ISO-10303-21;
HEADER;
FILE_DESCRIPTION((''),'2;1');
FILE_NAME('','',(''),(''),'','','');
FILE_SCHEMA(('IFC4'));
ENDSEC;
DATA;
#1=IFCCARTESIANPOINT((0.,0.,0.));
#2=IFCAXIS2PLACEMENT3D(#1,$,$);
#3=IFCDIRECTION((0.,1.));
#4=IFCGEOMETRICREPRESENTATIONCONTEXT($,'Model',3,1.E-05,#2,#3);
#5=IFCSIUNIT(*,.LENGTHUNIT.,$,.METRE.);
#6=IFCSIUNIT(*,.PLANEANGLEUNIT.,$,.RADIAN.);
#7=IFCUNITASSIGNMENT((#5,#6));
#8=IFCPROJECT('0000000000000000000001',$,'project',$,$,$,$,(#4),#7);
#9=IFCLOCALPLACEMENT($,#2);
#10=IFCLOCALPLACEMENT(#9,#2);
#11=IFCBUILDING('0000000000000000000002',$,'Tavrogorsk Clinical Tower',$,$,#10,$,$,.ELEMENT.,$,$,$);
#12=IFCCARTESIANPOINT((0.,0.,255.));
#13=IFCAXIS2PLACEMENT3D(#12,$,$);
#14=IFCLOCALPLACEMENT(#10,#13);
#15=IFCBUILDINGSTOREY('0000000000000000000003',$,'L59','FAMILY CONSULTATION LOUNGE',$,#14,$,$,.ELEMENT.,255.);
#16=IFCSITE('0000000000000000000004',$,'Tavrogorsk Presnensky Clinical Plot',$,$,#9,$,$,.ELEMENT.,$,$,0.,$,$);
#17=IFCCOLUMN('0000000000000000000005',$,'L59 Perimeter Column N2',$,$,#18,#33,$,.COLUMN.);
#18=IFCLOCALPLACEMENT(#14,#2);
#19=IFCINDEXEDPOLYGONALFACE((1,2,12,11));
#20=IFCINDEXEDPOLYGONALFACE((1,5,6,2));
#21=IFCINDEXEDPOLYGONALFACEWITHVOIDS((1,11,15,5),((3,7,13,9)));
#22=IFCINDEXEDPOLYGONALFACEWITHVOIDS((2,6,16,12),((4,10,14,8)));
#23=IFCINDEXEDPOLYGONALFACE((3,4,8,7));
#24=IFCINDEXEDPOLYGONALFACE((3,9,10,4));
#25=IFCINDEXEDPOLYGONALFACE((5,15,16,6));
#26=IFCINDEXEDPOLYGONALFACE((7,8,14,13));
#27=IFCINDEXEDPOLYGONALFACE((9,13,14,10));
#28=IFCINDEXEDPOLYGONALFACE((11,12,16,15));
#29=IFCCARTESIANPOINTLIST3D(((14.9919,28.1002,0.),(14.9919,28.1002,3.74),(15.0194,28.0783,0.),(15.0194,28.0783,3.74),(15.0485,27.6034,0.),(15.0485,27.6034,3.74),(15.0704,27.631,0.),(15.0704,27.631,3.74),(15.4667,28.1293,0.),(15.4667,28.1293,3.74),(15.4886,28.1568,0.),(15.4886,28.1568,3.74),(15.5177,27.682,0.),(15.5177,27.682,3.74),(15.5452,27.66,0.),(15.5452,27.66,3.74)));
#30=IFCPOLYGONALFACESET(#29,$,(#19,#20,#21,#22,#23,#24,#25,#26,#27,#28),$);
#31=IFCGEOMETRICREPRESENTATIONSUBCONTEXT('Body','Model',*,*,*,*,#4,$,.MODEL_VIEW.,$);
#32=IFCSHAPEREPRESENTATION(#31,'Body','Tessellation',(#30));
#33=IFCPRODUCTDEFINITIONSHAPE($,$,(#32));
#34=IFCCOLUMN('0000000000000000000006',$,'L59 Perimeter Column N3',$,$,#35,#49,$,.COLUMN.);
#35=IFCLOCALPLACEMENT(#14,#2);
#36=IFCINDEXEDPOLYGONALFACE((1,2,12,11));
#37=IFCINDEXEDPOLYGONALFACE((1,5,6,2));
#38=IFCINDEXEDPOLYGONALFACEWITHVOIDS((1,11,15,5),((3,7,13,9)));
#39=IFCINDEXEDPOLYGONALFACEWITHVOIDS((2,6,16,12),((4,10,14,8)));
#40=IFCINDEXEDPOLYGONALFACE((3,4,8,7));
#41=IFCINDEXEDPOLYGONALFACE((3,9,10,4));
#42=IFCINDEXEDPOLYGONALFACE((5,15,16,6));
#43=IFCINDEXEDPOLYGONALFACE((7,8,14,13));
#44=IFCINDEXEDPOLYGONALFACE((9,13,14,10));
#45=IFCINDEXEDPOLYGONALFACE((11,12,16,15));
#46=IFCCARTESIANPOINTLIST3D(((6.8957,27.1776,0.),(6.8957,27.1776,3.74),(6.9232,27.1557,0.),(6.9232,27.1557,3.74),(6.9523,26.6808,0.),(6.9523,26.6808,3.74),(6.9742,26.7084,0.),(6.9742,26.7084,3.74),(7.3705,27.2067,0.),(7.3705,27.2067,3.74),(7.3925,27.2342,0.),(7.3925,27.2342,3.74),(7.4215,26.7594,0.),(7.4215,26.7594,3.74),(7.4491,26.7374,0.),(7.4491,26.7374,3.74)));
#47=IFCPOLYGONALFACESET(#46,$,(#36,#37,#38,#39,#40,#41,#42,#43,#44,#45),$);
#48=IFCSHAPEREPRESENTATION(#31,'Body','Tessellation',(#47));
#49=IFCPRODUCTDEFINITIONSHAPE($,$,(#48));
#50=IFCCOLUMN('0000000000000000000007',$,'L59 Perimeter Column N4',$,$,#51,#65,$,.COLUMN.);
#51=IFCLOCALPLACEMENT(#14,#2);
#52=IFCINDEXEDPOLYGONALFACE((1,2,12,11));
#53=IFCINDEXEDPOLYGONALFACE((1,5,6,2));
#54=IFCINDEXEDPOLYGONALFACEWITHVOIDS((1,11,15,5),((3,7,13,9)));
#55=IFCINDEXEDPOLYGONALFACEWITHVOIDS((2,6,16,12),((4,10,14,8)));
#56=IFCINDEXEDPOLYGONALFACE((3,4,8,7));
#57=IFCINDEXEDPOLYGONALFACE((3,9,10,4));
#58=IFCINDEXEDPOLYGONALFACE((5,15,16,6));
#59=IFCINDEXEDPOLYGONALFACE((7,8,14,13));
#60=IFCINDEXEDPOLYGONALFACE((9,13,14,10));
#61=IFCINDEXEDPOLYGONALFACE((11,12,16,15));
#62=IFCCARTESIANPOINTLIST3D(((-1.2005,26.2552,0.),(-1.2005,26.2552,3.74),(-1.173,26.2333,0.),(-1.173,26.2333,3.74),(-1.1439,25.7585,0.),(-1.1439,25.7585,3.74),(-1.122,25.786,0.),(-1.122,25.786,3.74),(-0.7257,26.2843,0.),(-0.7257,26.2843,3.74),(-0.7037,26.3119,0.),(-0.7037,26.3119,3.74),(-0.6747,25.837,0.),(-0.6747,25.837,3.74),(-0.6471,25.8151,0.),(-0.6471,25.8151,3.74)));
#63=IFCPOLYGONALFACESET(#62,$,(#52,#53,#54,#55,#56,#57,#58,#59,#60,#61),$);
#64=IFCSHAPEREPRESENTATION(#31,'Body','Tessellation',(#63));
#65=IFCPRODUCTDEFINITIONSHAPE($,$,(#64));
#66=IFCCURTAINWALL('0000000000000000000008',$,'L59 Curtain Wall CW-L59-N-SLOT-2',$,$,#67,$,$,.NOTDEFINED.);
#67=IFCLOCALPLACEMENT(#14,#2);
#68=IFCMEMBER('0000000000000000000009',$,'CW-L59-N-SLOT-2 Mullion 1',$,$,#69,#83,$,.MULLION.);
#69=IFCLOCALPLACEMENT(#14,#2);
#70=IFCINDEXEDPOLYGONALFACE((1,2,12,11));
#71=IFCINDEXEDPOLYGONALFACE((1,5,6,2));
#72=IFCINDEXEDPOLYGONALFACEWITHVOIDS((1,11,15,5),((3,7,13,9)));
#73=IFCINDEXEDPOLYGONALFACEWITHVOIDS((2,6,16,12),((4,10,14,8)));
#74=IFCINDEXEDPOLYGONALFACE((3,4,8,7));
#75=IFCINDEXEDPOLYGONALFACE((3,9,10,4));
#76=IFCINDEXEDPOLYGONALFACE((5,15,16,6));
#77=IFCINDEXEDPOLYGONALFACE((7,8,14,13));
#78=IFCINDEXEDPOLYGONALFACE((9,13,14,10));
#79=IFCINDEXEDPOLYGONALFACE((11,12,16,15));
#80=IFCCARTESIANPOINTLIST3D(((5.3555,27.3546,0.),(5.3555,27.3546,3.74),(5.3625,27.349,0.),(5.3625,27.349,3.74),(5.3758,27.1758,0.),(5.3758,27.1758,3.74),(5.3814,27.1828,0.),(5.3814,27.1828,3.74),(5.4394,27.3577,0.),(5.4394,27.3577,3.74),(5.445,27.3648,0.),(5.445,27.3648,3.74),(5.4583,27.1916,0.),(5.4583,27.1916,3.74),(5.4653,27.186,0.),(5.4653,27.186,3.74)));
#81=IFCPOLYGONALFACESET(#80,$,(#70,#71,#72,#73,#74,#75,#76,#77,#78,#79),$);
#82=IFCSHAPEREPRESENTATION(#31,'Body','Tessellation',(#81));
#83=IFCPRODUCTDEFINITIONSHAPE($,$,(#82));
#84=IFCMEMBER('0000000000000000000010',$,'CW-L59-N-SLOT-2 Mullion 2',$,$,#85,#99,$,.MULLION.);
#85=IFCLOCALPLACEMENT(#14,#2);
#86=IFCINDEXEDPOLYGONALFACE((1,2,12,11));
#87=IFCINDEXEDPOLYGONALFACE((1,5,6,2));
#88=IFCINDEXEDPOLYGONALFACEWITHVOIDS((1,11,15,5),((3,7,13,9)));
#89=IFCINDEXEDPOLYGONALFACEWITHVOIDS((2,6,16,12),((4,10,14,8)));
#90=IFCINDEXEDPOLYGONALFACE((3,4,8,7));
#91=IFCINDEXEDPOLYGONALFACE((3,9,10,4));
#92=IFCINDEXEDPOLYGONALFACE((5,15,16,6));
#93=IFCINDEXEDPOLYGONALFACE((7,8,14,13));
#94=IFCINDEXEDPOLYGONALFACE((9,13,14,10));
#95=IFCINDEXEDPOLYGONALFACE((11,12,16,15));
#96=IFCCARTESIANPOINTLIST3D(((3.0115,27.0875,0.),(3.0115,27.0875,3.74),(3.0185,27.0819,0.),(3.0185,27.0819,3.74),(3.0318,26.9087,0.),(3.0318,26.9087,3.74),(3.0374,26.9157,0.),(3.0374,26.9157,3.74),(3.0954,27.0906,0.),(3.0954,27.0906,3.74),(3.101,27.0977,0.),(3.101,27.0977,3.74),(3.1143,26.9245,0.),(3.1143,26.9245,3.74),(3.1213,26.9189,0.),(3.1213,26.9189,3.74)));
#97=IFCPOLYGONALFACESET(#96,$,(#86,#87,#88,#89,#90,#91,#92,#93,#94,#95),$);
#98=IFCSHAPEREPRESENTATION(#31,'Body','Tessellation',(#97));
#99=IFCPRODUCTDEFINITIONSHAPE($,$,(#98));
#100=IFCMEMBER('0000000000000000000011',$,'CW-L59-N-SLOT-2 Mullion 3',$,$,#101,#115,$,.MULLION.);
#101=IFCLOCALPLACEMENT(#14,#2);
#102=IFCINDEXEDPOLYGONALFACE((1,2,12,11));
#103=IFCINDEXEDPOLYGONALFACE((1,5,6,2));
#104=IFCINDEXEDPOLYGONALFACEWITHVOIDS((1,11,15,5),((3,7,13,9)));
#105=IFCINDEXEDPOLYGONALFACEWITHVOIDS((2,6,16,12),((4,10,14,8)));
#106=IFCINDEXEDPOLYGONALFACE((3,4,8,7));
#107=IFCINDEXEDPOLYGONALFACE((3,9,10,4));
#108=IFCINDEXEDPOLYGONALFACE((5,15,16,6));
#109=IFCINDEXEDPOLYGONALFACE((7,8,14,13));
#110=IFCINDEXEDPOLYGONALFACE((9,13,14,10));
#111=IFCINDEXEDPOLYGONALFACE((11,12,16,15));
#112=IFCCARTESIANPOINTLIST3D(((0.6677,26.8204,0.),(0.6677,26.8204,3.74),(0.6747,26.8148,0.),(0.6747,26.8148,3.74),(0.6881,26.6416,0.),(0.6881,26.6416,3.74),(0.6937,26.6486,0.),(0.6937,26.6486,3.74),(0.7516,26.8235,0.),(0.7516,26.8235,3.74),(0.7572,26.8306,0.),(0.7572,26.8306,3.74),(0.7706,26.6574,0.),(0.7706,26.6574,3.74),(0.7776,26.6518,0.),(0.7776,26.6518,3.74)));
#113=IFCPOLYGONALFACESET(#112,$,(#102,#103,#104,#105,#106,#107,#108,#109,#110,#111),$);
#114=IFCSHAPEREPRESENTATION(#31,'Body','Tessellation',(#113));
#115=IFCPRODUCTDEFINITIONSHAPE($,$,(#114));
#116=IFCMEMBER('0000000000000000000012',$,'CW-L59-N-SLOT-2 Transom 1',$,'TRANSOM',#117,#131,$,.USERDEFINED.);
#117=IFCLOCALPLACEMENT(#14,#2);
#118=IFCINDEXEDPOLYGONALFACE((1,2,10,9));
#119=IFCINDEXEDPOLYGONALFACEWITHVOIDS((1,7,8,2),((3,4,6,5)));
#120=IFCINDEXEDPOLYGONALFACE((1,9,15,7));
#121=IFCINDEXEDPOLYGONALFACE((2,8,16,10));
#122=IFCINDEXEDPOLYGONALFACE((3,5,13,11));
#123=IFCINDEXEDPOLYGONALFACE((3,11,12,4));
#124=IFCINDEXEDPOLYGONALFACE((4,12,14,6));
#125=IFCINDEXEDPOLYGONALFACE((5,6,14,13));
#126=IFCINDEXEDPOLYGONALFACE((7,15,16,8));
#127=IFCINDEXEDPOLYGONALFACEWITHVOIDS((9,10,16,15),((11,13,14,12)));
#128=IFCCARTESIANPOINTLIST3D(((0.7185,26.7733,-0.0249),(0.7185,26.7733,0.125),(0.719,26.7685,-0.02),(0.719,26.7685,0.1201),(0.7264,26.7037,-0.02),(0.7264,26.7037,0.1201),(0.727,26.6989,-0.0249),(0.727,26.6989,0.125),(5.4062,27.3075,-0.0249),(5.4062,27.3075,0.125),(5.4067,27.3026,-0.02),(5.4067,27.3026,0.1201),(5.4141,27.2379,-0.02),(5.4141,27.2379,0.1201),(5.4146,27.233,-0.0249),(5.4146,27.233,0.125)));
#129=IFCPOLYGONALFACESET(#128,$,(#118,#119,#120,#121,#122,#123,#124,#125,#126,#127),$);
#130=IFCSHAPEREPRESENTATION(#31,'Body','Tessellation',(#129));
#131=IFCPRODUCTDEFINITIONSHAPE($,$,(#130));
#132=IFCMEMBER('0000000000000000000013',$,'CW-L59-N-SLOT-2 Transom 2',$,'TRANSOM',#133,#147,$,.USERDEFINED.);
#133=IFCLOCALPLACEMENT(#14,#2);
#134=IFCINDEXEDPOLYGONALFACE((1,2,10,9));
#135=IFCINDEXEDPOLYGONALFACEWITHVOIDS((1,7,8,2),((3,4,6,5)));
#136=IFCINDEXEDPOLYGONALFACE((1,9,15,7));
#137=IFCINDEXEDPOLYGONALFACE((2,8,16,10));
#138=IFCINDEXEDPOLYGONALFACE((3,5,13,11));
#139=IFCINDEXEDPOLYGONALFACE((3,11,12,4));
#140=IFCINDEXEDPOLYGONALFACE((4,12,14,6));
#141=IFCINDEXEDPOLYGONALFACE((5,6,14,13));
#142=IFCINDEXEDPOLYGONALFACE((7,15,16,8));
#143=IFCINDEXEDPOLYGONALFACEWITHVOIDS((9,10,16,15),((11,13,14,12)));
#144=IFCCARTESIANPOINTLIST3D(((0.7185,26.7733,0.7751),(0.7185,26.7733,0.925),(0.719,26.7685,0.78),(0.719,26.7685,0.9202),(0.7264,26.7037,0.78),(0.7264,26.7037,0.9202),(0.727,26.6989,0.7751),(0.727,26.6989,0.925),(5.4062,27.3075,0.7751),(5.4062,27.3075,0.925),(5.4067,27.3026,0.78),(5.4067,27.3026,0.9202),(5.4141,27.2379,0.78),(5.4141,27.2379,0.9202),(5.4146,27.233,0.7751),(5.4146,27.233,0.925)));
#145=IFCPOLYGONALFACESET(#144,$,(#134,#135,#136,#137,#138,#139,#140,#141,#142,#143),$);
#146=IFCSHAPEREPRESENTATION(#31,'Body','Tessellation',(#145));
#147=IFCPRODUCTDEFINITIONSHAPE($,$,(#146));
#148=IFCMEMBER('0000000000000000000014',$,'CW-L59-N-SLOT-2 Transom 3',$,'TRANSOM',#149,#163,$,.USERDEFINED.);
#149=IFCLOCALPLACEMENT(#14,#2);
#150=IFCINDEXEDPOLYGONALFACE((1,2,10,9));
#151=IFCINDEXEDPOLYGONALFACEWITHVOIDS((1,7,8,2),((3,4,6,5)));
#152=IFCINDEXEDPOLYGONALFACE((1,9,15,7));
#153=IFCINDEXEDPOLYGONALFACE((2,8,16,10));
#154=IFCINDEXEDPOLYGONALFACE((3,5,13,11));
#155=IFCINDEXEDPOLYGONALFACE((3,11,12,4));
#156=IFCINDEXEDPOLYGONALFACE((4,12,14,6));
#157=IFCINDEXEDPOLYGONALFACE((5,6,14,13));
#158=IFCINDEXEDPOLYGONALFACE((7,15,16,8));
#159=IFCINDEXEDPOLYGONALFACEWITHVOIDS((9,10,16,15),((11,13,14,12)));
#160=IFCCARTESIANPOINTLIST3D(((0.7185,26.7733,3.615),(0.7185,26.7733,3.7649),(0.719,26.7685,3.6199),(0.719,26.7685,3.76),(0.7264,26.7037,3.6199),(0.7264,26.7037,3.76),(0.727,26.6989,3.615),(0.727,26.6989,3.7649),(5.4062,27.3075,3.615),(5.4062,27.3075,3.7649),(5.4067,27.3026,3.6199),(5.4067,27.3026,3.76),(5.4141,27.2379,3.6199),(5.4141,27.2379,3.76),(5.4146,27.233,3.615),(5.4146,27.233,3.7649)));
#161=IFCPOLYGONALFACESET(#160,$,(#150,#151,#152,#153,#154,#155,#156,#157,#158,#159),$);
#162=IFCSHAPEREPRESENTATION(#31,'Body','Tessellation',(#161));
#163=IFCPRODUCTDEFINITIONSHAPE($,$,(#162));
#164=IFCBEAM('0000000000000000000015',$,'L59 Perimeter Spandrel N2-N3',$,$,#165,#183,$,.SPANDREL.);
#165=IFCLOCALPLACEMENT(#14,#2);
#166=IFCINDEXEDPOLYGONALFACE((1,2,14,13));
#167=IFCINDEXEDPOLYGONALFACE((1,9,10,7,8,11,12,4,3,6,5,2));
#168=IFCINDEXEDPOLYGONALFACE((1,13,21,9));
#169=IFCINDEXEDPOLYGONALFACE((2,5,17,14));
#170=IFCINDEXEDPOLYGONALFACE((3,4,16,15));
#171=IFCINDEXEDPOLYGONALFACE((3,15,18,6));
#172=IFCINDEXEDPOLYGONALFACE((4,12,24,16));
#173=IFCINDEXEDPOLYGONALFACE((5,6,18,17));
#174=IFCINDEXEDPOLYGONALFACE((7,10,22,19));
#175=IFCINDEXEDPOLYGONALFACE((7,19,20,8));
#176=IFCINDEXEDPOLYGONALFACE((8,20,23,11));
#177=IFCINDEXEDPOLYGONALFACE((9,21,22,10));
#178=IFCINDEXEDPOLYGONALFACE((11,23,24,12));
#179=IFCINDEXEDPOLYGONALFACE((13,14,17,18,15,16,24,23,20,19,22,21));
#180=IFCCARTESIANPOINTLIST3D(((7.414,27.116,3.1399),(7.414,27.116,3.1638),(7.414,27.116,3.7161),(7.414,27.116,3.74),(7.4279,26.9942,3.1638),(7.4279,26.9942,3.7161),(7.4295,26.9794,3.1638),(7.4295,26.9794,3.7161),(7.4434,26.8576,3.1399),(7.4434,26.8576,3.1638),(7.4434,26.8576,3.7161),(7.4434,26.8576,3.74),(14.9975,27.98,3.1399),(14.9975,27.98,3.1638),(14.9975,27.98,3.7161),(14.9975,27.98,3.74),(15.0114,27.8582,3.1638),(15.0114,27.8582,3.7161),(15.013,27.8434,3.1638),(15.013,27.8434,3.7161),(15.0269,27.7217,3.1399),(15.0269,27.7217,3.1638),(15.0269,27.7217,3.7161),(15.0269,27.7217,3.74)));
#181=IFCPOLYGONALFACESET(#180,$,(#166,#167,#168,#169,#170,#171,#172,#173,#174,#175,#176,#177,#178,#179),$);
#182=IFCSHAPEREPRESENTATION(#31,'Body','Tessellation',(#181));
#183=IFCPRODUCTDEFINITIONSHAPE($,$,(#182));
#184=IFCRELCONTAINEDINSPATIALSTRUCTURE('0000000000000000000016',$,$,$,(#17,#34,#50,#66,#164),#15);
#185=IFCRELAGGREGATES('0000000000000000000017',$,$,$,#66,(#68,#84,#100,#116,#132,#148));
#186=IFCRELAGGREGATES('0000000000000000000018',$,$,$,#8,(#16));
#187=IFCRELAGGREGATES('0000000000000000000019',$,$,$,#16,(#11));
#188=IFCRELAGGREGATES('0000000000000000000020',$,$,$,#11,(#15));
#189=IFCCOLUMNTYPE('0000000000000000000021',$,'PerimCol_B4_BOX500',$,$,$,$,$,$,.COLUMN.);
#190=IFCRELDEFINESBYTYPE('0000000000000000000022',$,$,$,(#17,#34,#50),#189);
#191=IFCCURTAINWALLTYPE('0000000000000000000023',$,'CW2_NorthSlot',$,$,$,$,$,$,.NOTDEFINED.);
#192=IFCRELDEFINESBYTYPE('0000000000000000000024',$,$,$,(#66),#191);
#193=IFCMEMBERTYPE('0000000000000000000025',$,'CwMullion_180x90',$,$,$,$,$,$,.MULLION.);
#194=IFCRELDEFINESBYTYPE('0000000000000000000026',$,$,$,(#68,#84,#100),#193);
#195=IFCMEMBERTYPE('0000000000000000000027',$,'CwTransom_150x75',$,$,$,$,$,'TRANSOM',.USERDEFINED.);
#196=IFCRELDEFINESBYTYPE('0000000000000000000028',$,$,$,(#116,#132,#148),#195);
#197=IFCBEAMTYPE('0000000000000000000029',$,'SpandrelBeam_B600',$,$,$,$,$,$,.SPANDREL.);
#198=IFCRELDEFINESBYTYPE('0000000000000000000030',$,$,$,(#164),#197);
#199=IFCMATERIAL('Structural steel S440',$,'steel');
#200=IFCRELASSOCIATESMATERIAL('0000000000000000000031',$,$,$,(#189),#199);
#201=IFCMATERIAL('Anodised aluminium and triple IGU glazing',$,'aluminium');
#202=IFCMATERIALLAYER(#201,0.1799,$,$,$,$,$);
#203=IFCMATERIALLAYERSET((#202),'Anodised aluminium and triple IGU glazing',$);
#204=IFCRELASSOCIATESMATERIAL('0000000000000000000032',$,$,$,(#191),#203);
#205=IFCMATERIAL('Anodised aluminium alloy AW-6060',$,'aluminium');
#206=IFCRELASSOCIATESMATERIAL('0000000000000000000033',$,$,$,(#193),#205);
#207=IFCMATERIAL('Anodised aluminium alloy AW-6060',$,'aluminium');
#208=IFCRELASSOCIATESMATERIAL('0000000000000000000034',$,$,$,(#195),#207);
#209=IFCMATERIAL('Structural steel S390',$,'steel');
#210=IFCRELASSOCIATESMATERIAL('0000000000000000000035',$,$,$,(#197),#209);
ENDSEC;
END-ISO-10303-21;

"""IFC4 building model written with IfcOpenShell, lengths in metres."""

from ifc_helpers import new_model, si_unit, direction, frame, origin, origin_2d, place, context, subcontext, project, spatial, hollow_rectangle, i_section, extrude, material, layer, layer_set, material_profile, profile_set, type_object, element, aggregate, save


model = new_model("IFC4")

# Units and contexts
model_context = context("Model", 3, precision=1e-05, world=origin(), true_north=direction((0.0, 1.0)))
body_context = subcontext(model_context, "Body", "Model", "MODEL_VIEW")
ifc_project = project(units=[si_unit("LENGTHUNIT", "METRE"), si_unit("PLANEANGLEUNIT", "RADIAN")], contexts=[model_context])

# Site, building, storey
site_placement = place(None, origin())
site = spatial("IfcSite", under=ifc_project, at=site_placement, Name="Tavrogorsk Presnensky Clinical Plot", CompositionType="ELEMENT", RefElevation=0.0)
building_placement = place(site_placement, origin())
building = spatial("IfcBuilding", under=site, at=building_placement, Name="Tavrogorsk Clinical Tower", CompositionType="ELEMENT")
storey_placement = place(building_placement, frame((0.0, 0.0, 255.0)))
storey = spatial("IfcBuildingStorey", under=building, at=storey_placement, Name="L59", Description="FAMILY CONSULTATION LOUNGE", CompositionType="ELEMENT", Elevation=255.0)

# Columns
ifc_material_1 = material(Name="Structural steel S440", Category="steel")
ifc_material_profile_1 = material_profile(ifc_material_1, hollow_rectangle(XDim=0.5, YDim=0.5, WallThickness=0.0249, at=origin_2d()), Name="BOX-500x500x25")
ifc_profile_set_1 = profile_set([ifc_material_profile_1], Name="Structural steel S440")
column_type = type_object("IfcColumnType", Name="PerimCol_B4_BOX500", PredefinedType="COLUMN", material=ifc_profile_set_1)
for number, where, z_axis, x_axis, name in (
    (1, (15.2686, 27.8801, 0.0), (0.0, 0.0, 1.0), (0.993572, 0.113203, 0.0), "L59 Perimeter Column N2"),
    (2, (7.1724, 26.9575, 0.0), (0.0, 0.0, 1.0), (0.993572, 0.113203, 0.0), "L59 Perimeter Column N3"),
    (3, (-0.9238, 26.0352, 0.0), (0.0, 0.0, 1.0), (0.993572, 0.113203, 0.0), "L59 Perimeter Column N4"),
):
    element("IfcColumn", number, at=place(storey_placement, frame(where, z_axis=z_axis, x_axis=x_axis)), inside=storey, type_object=column_type, Name=name, PredefinedType="COLUMN", context=body_context, shape_type="SweptSolid", body=[
        extrude(hollow_rectangle(XDim=0.5, YDim=0.5, WallThickness=0.0249, at=origin_2d()), origin(), (0.0, 0.0, 1.0), 3.74),
    ])

# Curtain wall, members
ifc_material_2 = material(Name="Anodised aluminium and triple IGU glazing", Category="aluminium")
ifc_layer_1 = layer(ifc_material_2, 0.1799)
ifc_layer_set_1 = layer_set([ifc_layer_1], Name="Anodised aluminium and triple IGU glazing")
curtain_wall_type = type_object("IfcCurtainWallType", Name="CW2_NorthSlot", PredefinedType="NOTDEFINED", material=ifc_layer_set_1)
curtain_wall_placement = place(storey_placement, origin())
curtain_wall = element("IfcCurtainWall", 4, at=curtain_wall_placement, inside=storey, type_object=curtain_wall_type, Name="L59 Curtain Wall CW-L59-N-SLOT-2", PredefinedType="NOTDEFINED")
ifc_material_3 = material(Name="Anodised aluminium alloy AW-6060", Category="aluminium")
ifc_material_profile_2 = material_profile(ifc_material_3, hollow_rectangle(XDim=0.0901, YDim=0.1799, WallThickness=0.0063, at=origin_2d()), Name="RHS-180x90x6.3")
ifc_profile_set_2 = profile_set([ifc_material_profile_2], Name="Anodised aluminium alloy AW-6060")
member_type_1 = type_object("IfcMemberType", Name="CwMullion_180x90", PredefinedType="MULLION", material=ifc_profile_set_2)
member_1_placement = place(storey_placement, frame((5.4104, 27.2703, 0.0), z_axis=(0.0, 0.0, 1.0), x_axis=(-0.993572, -0.113203, 0.0)))
member_1 = element("IfcMember", 5, at=member_1_placement, type_object=member_type_1, Name="CW-L59-N-SLOT-2 Mullion 1", PredefinedType="MULLION", context=body_context, shape_type="SweptSolid", body=[
    extrude(hollow_rectangle(XDim=0.0901, YDim=0.1799, WallThickness=0.0063, at=origin_2d()), origin(), (0.0, 0.0, 1.0), 3.74),
])
member_2_placement = place(storey_placement, frame((3.0664, 27.0032, 0.0), z_axis=(0.0, 0.0, 1.0), x_axis=(-0.993572, -0.113203, 0.0)))
member_2 = element("IfcMember", 6, at=member_2_placement, type_object=member_type_1, Name="CW-L59-N-SLOT-2 Mullion 2", PredefinedType="MULLION", context=body_context, shape_type="SweptSolid", body=[
    extrude(hollow_rectangle(XDim=0.0901, YDim=0.1799, WallThickness=0.0063, at=origin_2d()), origin(), (0.0, 0.0, 1.0), 3.74),
])
member_3_placement = place(storey_placement, frame((0.7227, 26.7361, 0.0), z_axis=(0.0, 0.0, 1.0), x_axis=(-0.993572, -0.113203, 0.0)))
member_3 = element("IfcMember", 7, at=member_3_placement, type_object=member_type_1, Name="CW-L59-N-SLOT-2 Mullion 3", PredefinedType="MULLION", context=body_context, shape_type="SweptSolid", body=[
    extrude(hollow_rectangle(XDim=0.0901, YDim=0.1799, WallThickness=0.0063, at=origin_2d()), origin(), (0.0, 0.0, 1.0), 3.74),
])
ifc_material_4 = material(Name="Anodised aluminium alloy AW-6060", Category="aluminium")
ifc_material_profile_3 = material_profile(ifc_material_4, hollow_rectangle(XDim=0.075, YDim=0.1499, WallThickness=0.0049, at=origin_2d()), Name="RHS-150x75x5")
ifc_profile_set_3 = profile_set([ifc_material_profile_3], Name="Anodised aluminium alloy AW-6060")
member_type_2 = type_object("IfcMemberType", Name="CwTransom_150x75", ElementType="TRANSOM", PredefinedType="USERDEFINED", material=ifc_profile_set_3)
member_4_placement = place(storey_placement, frame((5.4104, 27.2703, 0.05), z_axis=(-0.99357, -0.11322, 0.0), x_axis=(0.11322, -0.99357, 0.0)))
member_4 = element("IfcMember", 8, at=member_4_placement, type_object=member_type_2, Name="CW-L59-N-SLOT-2 Transom 1", ObjectType="TRANSOM", PredefinedType="USERDEFINED", context=body_context, shape_type="SweptSolid", body=[
    extrude(hollow_rectangle(XDim=0.075, YDim=0.1499, WallThickness=0.0049, at=origin_2d()), origin(), (0.0, 0.0, 1.0), 4.718),
])
member_5_placement = place(storey_placement, frame((5.4104, 27.2703, 0.8501), z_axis=(-0.99357, -0.11322, 0.0), x_axis=(0.11322, -0.99357, 0.0)))
member_5 = element("IfcMember", 9, at=member_5_placement, type_object=member_type_2, Name="CW-L59-N-SLOT-2 Transom 2", ObjectType="TRANSOM", PredefinedType="USERDEFINED", context=body_context, shape_type="SweptSolid", body=[
    extrude(hollow_rectangle(XDim=0.075, YDim=0.1499, WallThickness=0.0049, at=origin_2d()), origin(), (0.0, 0.0, 1.0), 4.718),
])
member_6_placement = place(storey_placement, frame((5.4104, 27.2703, 3.6899), z_axis=(-0.99357, -0.11322, 0.0), x_axis=(0.11322, -0.99357, 0.0)))
member_6 = element("IfcMember", 10, at=member_6_placement, type_object=member_type_2, Name="CW-L59-N-SLOT-2 Transom 3", ObjectType="TRANSOM", PredefinedType="USERDEFINED", context=body_context, shape_type="SweptSolid", body=[
    extrude(hollow_rectangle(XDim=0.075, YDim=0.1499, WallThickness=0.0049, at=origin_2d()), origin(), (0.0, 0.0, 1.0), 4.718),
])

# Beam
ifc_material_5 = material(Name="Structural steel S390", Category="steel")
ifc_material_profile_4 = material_profile(ifc_material_5, i_section(OverallWidth=0.26, OverallDepth=0.6001, WebThickness=0.0149, FlangeThickness=0.0239, at=origin_2d()), Name="B-600x260x15x24")
ifc_profile_set_4 = profile_set([ifc_material_profile_4], Name="Structural steel S390")
beam_type = type_object("IfcBeamType", Name="SpandrelBeam_B600", PredefinedType="SPANDREL", material=ifc_profile_set_4)
for number, where, z_axis, x_axis, name in (
    (11, (15.0122, 27.8508, 3.4399), (-0.993572, -0.113201, 0.0), (0.113201, -0.993572, 0.0), "L59 Perimeter Spandrel N2-N3"),
):
    element("IfcBeam", number, at=place(storey_placement, frame(where, z_axis=z_axis, x_axis=x_axis)), inside=storey, type_object=beam_type, Name=name, PredefinedType="SPANDREL", context=body_context, shape_type="SweptSolid", body=[
        extrude(i_section(OverallWidth=0.26, OverallDepth=0.6001, WebThickness=0.0149, FlangeThickness=0.0239, at=origin_2d()), origin(), (0.0, 0.0, 1.0), 7.6326),
    ])

aggregate(curtain_wall, [member_1, member_2, member_3, member_4, member_5, member_6])

save(model, "model.ifc")
